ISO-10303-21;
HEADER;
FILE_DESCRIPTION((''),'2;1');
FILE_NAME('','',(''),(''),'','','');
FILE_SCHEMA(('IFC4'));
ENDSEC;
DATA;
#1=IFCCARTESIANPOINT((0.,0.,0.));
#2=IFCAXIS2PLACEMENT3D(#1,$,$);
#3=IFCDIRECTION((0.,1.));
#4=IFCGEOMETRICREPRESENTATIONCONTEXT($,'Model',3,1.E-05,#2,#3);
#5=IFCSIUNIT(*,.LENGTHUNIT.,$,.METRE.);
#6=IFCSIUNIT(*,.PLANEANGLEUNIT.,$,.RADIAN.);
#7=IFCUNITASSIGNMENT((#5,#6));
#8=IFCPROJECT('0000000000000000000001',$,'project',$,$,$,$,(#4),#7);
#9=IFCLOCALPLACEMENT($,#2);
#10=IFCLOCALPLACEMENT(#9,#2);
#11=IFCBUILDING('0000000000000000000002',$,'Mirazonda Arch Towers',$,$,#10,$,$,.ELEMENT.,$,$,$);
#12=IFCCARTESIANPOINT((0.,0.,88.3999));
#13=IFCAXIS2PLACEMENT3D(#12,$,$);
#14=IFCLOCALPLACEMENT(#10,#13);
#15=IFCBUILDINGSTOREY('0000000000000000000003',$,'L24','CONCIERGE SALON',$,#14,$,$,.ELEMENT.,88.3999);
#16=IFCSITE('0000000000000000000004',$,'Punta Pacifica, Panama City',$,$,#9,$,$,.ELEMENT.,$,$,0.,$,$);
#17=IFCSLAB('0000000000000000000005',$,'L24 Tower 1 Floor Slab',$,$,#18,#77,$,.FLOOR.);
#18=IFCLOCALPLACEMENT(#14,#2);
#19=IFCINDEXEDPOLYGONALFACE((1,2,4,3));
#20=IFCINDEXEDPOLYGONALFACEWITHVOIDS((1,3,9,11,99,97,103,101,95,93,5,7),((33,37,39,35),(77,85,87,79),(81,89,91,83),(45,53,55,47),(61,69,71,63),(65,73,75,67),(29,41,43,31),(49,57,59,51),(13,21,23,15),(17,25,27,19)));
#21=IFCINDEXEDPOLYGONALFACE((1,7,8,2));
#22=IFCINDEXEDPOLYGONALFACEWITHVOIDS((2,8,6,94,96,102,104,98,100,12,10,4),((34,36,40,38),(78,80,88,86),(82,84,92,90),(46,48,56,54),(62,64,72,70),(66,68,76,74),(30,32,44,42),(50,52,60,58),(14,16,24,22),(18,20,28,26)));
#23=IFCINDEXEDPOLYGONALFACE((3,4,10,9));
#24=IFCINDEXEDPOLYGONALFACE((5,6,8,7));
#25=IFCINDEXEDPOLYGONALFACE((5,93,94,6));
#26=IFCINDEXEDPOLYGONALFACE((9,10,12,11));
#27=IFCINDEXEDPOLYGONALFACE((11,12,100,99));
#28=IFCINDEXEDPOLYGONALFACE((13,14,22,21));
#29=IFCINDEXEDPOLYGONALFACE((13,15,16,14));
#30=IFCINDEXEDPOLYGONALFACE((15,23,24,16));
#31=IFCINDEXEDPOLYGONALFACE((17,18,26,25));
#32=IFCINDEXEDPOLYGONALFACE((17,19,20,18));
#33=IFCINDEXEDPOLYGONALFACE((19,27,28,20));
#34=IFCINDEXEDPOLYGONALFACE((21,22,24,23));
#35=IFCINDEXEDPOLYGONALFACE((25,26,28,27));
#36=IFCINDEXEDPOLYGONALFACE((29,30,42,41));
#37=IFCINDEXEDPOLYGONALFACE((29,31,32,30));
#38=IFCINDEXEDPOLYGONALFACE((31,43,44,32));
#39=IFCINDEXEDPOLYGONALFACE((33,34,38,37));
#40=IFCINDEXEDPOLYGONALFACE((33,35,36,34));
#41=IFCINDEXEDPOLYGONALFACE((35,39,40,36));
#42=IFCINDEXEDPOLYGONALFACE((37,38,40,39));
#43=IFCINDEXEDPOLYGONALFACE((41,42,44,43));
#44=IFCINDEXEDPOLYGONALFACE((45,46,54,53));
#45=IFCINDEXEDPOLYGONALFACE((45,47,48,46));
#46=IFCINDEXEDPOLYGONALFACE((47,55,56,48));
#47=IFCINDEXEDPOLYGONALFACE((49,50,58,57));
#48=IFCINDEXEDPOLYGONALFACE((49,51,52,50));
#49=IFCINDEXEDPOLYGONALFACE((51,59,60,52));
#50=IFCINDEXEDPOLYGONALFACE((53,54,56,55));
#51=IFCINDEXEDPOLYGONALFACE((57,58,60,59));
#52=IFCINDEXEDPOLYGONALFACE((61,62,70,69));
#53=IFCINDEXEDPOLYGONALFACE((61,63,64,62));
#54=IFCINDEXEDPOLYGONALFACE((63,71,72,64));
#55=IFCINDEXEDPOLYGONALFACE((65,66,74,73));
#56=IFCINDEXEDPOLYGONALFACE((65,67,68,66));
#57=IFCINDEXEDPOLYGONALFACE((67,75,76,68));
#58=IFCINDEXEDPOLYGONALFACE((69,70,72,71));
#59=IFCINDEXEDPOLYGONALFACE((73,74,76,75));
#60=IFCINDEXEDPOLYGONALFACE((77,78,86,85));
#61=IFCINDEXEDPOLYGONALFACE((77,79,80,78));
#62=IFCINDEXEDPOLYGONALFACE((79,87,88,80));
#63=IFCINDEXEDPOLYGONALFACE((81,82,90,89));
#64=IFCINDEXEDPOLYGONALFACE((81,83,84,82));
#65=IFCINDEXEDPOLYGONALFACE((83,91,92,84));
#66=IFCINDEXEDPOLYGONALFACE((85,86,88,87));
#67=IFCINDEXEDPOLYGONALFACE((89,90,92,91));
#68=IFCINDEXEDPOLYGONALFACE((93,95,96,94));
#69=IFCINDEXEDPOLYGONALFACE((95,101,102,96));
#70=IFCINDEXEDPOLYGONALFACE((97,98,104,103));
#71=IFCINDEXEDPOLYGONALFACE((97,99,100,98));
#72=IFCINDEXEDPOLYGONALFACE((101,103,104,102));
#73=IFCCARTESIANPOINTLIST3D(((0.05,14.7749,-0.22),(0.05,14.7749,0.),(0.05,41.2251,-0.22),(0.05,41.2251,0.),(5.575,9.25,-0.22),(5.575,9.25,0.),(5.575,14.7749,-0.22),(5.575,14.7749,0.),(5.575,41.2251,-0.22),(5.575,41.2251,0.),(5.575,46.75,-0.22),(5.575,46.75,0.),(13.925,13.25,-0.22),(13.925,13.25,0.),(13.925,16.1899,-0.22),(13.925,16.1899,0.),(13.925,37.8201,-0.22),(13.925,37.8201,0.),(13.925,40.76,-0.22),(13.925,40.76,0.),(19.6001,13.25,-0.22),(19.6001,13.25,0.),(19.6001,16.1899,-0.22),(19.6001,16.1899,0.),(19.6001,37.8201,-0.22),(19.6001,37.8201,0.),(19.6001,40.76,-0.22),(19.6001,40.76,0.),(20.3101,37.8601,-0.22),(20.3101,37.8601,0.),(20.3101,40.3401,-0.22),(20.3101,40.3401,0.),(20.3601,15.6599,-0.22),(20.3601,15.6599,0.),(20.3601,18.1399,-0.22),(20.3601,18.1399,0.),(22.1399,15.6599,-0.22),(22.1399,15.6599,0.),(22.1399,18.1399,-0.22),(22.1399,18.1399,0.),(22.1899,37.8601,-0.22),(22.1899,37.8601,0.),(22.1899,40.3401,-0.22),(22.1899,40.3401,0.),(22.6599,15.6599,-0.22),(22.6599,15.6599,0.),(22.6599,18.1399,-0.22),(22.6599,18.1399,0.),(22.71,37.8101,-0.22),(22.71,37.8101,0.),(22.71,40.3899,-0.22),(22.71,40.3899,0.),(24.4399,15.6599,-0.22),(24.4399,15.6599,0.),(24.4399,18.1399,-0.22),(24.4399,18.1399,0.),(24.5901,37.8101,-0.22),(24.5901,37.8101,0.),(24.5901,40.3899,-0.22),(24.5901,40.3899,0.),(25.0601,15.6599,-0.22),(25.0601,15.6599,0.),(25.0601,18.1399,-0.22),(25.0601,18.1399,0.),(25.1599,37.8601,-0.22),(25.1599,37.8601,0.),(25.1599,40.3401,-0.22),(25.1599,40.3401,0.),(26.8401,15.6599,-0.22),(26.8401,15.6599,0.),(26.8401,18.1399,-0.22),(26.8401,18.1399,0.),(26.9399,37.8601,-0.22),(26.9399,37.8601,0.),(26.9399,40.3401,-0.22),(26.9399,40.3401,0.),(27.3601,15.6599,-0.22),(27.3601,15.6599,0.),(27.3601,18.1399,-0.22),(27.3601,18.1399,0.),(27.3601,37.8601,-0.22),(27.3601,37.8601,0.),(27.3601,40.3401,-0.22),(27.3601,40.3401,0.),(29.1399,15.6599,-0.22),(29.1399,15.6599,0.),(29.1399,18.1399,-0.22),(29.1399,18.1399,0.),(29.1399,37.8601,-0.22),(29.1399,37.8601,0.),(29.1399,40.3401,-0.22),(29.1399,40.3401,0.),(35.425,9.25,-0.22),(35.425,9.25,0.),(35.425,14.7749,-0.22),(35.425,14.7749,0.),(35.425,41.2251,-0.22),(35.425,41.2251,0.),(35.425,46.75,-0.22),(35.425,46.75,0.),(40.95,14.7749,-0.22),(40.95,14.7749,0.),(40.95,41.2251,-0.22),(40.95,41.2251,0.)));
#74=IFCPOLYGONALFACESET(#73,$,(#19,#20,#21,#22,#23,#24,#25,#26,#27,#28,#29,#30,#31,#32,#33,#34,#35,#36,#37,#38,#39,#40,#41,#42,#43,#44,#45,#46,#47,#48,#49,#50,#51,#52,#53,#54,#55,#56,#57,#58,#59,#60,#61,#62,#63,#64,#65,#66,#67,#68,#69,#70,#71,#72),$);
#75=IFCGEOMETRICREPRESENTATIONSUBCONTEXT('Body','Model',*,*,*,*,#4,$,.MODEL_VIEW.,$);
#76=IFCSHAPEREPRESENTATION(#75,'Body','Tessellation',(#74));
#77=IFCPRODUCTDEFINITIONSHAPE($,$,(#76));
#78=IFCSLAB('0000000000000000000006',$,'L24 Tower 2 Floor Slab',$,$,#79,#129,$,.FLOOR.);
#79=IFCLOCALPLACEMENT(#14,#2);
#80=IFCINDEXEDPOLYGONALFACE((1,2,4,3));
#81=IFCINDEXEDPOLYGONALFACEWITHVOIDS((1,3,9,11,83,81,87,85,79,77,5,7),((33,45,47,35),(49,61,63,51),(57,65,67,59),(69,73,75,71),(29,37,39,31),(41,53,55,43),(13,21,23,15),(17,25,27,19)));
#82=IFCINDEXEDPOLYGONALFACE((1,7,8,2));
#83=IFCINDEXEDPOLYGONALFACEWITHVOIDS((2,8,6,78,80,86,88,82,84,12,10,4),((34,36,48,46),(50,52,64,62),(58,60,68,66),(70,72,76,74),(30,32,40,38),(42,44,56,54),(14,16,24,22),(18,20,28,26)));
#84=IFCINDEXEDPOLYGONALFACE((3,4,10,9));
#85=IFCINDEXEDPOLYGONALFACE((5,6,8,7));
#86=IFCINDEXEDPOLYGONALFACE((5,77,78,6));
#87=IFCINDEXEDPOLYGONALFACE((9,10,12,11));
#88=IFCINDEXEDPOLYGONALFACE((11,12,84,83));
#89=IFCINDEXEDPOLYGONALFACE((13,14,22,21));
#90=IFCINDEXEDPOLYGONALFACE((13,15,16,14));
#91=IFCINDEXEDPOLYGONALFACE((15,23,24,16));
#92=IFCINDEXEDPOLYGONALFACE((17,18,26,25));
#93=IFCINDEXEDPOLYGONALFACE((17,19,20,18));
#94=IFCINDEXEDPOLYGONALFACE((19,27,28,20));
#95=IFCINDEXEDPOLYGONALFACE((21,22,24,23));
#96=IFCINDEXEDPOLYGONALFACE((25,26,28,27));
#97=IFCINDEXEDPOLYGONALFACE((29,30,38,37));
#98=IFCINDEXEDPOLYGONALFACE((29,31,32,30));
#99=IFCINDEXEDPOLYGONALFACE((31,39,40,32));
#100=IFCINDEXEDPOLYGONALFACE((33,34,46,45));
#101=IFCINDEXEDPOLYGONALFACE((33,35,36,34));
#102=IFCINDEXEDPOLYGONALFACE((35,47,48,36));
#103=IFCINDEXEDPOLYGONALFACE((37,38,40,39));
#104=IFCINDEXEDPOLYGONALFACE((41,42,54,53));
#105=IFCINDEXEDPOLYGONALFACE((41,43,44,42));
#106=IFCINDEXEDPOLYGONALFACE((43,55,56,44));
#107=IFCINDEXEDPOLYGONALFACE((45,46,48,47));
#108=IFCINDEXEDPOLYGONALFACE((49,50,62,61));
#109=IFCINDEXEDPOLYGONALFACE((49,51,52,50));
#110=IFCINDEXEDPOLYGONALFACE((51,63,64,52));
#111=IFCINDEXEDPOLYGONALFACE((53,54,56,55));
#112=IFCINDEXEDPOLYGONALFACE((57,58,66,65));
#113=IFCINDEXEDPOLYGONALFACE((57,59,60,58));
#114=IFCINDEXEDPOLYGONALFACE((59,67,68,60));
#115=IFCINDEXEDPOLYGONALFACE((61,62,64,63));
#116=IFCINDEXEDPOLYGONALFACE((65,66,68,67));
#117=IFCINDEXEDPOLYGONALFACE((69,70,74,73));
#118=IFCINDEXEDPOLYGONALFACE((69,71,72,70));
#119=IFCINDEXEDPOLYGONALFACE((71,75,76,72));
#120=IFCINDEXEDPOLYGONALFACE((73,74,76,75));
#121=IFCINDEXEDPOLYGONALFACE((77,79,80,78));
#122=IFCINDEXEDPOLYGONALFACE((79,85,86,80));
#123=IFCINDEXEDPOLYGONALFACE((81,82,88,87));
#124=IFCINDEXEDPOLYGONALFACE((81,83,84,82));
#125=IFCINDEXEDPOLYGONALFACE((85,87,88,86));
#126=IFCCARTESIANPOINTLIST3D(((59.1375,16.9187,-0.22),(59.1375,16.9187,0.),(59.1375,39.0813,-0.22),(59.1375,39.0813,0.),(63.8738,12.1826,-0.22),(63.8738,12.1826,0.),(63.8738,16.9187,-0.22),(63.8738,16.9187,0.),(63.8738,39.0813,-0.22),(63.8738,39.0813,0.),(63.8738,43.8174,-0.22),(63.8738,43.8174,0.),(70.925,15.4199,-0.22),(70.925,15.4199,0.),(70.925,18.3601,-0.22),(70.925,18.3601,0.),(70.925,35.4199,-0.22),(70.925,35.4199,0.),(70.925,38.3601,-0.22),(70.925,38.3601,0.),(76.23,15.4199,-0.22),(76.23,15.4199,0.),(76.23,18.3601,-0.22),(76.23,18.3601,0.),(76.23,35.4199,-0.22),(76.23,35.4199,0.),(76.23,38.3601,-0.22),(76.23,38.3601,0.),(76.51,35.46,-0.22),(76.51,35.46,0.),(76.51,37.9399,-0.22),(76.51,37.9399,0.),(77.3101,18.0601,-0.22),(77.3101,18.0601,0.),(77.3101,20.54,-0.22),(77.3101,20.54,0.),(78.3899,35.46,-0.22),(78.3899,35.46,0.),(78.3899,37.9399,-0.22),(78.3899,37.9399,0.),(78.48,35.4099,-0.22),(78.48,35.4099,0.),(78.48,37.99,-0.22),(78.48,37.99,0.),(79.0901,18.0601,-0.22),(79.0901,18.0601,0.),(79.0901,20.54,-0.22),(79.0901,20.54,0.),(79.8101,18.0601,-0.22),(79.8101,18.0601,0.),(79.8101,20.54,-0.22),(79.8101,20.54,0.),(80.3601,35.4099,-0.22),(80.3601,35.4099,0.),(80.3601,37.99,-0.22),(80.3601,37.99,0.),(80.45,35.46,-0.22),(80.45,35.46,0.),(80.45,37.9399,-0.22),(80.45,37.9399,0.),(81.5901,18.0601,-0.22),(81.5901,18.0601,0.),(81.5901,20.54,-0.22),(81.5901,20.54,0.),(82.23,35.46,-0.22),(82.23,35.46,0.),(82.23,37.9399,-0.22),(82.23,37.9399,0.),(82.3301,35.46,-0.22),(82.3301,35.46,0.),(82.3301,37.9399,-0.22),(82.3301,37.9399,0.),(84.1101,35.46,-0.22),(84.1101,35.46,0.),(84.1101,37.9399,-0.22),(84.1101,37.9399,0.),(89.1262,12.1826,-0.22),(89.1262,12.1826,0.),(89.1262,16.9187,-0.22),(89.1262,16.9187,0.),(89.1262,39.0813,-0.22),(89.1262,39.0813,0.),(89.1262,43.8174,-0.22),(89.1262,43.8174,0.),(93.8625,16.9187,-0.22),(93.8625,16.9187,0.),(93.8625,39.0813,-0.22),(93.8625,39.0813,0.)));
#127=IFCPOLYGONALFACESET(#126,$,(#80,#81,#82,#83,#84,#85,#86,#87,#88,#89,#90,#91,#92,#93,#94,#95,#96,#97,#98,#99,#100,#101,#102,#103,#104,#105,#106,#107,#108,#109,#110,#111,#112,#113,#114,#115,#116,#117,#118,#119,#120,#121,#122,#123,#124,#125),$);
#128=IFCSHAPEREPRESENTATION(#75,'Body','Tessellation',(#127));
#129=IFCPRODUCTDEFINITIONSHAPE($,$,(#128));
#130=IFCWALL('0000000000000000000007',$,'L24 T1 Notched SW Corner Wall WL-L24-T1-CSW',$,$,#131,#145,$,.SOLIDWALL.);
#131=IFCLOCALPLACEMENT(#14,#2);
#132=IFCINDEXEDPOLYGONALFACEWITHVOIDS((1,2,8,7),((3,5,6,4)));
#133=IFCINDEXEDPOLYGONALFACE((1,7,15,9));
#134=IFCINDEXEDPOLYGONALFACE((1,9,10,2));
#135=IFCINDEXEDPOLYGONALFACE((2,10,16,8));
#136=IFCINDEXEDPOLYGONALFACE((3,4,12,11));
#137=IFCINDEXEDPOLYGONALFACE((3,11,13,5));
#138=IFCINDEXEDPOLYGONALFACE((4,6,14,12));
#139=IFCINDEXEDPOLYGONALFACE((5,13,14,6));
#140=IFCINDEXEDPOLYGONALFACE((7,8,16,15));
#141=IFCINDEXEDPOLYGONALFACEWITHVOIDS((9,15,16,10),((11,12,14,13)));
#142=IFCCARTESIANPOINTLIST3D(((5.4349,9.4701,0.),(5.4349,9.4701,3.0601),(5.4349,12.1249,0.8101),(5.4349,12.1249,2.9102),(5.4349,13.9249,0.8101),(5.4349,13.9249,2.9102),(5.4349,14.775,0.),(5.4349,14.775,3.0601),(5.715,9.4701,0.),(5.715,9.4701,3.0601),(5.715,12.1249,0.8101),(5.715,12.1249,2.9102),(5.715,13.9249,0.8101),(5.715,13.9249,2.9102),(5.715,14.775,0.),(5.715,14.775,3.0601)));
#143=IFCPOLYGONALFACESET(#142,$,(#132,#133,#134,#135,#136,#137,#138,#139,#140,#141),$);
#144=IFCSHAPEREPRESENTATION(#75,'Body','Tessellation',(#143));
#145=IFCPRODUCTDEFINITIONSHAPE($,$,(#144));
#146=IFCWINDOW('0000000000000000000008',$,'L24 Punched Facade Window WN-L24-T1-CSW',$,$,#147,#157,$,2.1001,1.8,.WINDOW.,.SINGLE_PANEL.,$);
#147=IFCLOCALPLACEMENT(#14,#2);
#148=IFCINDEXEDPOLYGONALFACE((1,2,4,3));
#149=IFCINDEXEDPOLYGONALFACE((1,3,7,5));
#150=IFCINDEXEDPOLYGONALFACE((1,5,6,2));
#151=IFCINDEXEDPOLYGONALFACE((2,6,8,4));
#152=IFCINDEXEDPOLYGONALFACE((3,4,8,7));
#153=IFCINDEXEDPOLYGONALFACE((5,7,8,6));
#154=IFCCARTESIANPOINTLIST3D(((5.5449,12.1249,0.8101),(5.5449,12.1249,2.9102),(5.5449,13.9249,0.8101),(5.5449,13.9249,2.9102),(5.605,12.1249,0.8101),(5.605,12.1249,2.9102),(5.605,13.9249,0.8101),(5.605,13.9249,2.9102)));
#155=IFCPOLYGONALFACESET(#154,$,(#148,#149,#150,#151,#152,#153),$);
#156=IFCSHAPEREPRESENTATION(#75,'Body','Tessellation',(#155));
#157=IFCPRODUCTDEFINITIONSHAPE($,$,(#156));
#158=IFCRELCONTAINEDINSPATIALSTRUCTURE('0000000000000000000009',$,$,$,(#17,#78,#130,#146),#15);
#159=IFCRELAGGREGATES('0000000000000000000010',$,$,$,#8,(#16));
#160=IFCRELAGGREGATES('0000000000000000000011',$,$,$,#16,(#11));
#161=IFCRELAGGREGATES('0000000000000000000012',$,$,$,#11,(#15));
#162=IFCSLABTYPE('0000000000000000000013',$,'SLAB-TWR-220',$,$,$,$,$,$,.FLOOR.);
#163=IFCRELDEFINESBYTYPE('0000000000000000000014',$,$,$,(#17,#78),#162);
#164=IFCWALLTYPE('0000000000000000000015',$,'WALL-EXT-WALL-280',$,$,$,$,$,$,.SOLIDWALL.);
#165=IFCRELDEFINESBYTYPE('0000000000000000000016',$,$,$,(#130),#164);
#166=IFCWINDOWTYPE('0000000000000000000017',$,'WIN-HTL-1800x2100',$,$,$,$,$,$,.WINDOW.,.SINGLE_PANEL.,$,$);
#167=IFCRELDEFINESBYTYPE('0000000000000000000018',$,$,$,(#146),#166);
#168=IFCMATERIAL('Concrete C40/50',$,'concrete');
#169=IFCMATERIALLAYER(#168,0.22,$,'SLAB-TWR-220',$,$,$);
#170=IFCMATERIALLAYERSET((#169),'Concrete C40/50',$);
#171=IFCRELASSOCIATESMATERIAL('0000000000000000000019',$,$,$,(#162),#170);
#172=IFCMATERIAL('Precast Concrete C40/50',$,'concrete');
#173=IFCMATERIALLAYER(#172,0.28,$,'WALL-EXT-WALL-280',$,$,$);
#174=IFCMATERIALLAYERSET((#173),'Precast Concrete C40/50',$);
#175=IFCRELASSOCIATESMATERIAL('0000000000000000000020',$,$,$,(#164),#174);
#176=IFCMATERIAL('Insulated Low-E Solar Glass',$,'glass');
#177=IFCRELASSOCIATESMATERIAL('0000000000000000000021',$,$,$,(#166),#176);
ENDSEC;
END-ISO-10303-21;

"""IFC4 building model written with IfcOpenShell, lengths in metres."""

from ifc_helpers import new_model, si_unit, direction, frame, frame_2d, origin, place, context, subcontext, project, spatial, polyline, rectangle, outline, extrude, material, layer, layer_set, type_object, element, fill, save


model = new_model("IFC4")

# Units and contexts
model_context = context("Model", 3, precision=1e-05, world=origin(), true_north=direction((0.0, 1.0)))
body_context = subcontext(model_context, "Body", "Model", "MODEL_VIEW")
ifc_project = project(units=[si_unit("LENGTHUNIT", "METRE"), si_unit("PLANEANGLEUNIT", "RADIAN")], contexts=[model_context])

# Site, building, storey
site_placement = place(None, origin())
site = spatial("IfcSite", under=ifc_project, at=site_placement, Name="Punta Pacifica, Panama City", CompositionType="ELEMENT", RefElevation=0.0)
building_placement = place(site_placement, origin())
building = spatial("IfcBuilding", under=site, at=building_placement, Name="Mirazonda Arch Towers", CompositionType="ELEMENT")
storey_placement = place(building_placement, frame((0.0, 0.0, 88.3999)))
storey = spatial("IfcBuildingStorey", under=building, at=storey_placement, Name="L24", Description="CONCIERGE SALON", CompositionType="ELEMENT", Elevation=88.3999)

# Shared definitions
ifc_material_1 = material(Name="Insulated Low-E Solar Glass", Category="glass")

# Shared definitions
ifc_material_2 = material(Name="Concrete C40/50", Category="concrete")

# Slabs
ifc_layer_1 = layer(ifc_material_2, 0.22, Name="SLAB-TWR-220")
ifc_layer_set_1 = layer_set([ifc_layer_1], Name="Concrete C40/50")
slab_type_1 = type_object("IfcSlabType", Name="SLAB-TWR-220", PredefinedType="FLOOR", material=ifc_layer_set_1)
slab_1_placement = place(storey_placement, frame((0.0, 0.0, -0.22)))
element("IfcSlab", 1, at=slab_1_placement, inside=storey, type_object=slab_type_1, Name="L24 Tower 1 Floor Slab", PredefinedType="FLOOR", context=body_context, shape_type="SweptSolid", body=[
    extrude(outline(polyline([(5.575, 9.25), (35.425, 9.25), (35.425, 14.7749), (40.95, 14.7749), (40.95, 41.2251), (35.425, 41.2251), (35.425, 46.75), (5.575, 46.75), (5.575, 41.2251), (0.05, 41.2251), (0.05, 14.7749), (5.575, 14.7749), (5.575, 9.25)]), holes=[polyline([(29.1399, 18.1399), (29.1399, 15.6599), (27.3601, 15.6599), (27.3601, 18.1399), (29.1399, 18.1399)]), polyline([(29.1399, 40.3401), (29.1399, 37.8601), (27.3601, 37.8601), (27.3601, 40.3401), (29.1399, 40.3401)]), polyline([(25.1599, 40.3401), (26.9399, 40.3401), (26.9399, 37.8601), (25.1599, 37.8601), (25.1599, 40.3401)]), polyline([(26.8401, 18.1399), (26.8401, 15.6599), (25.0601, 15.6599), (25.0601, 18.1399), (26.8401, 18.1399)]), polyline([(22.71, 40.3899), (24.5901, 40.3899), (24.5901, 37.8101), (22.71, 37.8101), (22.71, 40.3899)]), polyline([(22.6599, 18.1399), (24.4399, 18.1399), (24.4399, 15.6599), (22.6599, 15.6599), (22.6599, 18.1399)]), polyline([(20.3101, 40.3401), (22.1899, 40.3401), (22.1899, 37.8601), (20.3101, 37.8601), (20.3101, 40.3401)]), polyline([(20.3601, 18.1399), (22.1399, 18.1399), (22.1399, 15.6599), (20.3601, 15.6599), (20.3601, 18.1399)]), polyline([(13.925, 40.76), (19.6001, 40.76), (19.6001, 37.8201), (13.925, 37.8201), (13.925, 40.76)]), polyline([(13.925, 13.25), (13.925, 16.1899), (19.6001, 16.1899), (19.6001, 13.25), (13.925, 13.25)])]), origin(), (0.0, 0.0, 1.0), 0.22),
])
slab_2_placement = place(storey_placement, frame((0.0, 0.0, -0.22)))
element("IfcSlab", 2, at=slab_2_placement, inside=storey, type_object=slab_type_1, Name="L24 Tower 2 Floor Slab", PredefinedType="FLOOR", context=body_context, shape_type="SweptSolid", body=[
    extrude(outline(polyline([(63.8738, 12.1826), (89.1262, 12.1826), (89.1262, 16.9187), (93.8625, 16.9187), (93.8625, 39.0813), (89.1262, 39.0813), (89.1262, 43.8174), (63.8738, 43.8174), (63.8738, 39.0813), (59.1375, 39.0813), (59.1375, 16.9187), (63.8738, 16.9187), (63.8738, 12.1826)]), holes=[polyline([(82.3301, 37.9399), (84.1101, 37.9399), (84.1101, 35.46), (82.3301, 35.46), (82.3301, 37.9399)]), polyline([(80.45, 37.9399), (82.23, 37.9399), (82.23, 35.46), (80.45, 35.46), (80.45, 37.9399)]), polyline([(79.8101, 20.54), (81.5901, 20.54), (81.5901, 18.0601), (79.8101, 18.0601), (79.8101, 20.54)]), polyline([(78.48, 37.99), (80.3601, 37.99), (80.3601, 35.4099), (78.48, 35.4099), (78.48, 37.99)]), polyline([(77.3101, 20.54), (79.0901, 20.54), (79.0901, 18.0601), (77.3101, 18.0601), (77.3101, 20.54)]), polyline([(76.51, 37.9399), (78.3899, 37.9399), (78.3899, 35.46), (76.51, 35.46), (76.51, 37.9399)]), polyline([(70.925, 15.4199), (70.925, 18.3601), (76.23, 18.3601), (76.23, 15.4199), (70.925, 15.4199)]), polyline([(70.925, 35.4199), (70.925, 38.3601), (76.23, 38.3601), (76.23, 35.4199), (70.925, 35.4199)])]), origin(), (0.0, 0.0, 1.0), 0.22),
])

# Wall, opening, window
ifc_material_3 = material(Name="Precast Concrete C40/50", Category="concrete")
ifc_layer_2 = layer(ifc_material_3, 0.28, Name="WALL-EXT-WALL-280")
ifc_layer_set_2 = layer_set([ifc_layer_2], Name="Precast Concrete C40/50")
wall_type_1 = type_object("IfcWallType", Name="WALL-EXT-WALL-280", PredefinedType="SOLIDWALL", material=ifc_layer_set_2)
wall_1_placement = place(storey_placement, frame((5.575, 14.7749, 0.0), z_axis=(0.0, 0.0, 1.0), x_axis=(0.0, -1.0, 0.0)))
wall_1 = element("IfcWall", 3, at=wall_1_placement, inside=storey, type_object=wall_type_1, Name="L24 T1 Notched SW Corner Wall WL-L24-T1-CSW", PredefinedType="SOLIDWALL", context=body_context, shape_type="SweptSolid", body=[
    extrude(rectangle(XDim=5.3049, YDim=0.28, at=frame_2d((2.6523, 0.0))), origin(), (0.0, 0.0, 1.0), 3.0601),
])
opening_1_placement = place(wall_1_placement, frame((0.8501, 0.0, 0.8101)))
opening_1 = element("IfcOpeningElement", 4, at=opening_1_placement, cuts=wall_1, PredefinedType="OPENING", context=body_context, shape_type="SweptSolid", body=[
    extrude(rectangle(XDim=1.8, YDim=2.1001, at=frame_2d((0.8999, 1.05))), frame((0.0, 0.1499, 0.0), z_axis=(0.0, -1.0, 0.0), x_axis=(1.0, 0.0, 0.0)), (0.0, 0.0, 1.0), 0.3),
])
window_type_1 = type_object("IfcWindowType", Name="WIN-HTL-1800x2100", PartitioningType="SINGLE_PANEL", PredefinedType="WINDOW", material=ifc_material_1)
window_1_placement = place(opening_1_placement, origin())
window_1 = element("IfcWindow", 5, at=window_1_placement, inside=storey, type_object=window_type_1, Name="L24 Punched Facade Window WN-L24-T1-CSW", OverallHeight=2.1001, OverallWidth=1.8, PartitioningType="SINGLE_PANEL", PredefinedType="WINDOW", context=body_context, shape_type="SweptSolid", body=[
    extrude(rectangle(XDim=1.8, YDim=2.1001, at=frame_2d((0.8999, 1.05))), frame((0.0, 0.03, 0.0), z_axis=(0.0, -1.0, 0.0), x_axis=(1.0, 0.0, 0.0)), (0.0, 0.0, 1.0), 0.0601),
])
fill(opening_1, window_1)

save(model, "model.ifc")
